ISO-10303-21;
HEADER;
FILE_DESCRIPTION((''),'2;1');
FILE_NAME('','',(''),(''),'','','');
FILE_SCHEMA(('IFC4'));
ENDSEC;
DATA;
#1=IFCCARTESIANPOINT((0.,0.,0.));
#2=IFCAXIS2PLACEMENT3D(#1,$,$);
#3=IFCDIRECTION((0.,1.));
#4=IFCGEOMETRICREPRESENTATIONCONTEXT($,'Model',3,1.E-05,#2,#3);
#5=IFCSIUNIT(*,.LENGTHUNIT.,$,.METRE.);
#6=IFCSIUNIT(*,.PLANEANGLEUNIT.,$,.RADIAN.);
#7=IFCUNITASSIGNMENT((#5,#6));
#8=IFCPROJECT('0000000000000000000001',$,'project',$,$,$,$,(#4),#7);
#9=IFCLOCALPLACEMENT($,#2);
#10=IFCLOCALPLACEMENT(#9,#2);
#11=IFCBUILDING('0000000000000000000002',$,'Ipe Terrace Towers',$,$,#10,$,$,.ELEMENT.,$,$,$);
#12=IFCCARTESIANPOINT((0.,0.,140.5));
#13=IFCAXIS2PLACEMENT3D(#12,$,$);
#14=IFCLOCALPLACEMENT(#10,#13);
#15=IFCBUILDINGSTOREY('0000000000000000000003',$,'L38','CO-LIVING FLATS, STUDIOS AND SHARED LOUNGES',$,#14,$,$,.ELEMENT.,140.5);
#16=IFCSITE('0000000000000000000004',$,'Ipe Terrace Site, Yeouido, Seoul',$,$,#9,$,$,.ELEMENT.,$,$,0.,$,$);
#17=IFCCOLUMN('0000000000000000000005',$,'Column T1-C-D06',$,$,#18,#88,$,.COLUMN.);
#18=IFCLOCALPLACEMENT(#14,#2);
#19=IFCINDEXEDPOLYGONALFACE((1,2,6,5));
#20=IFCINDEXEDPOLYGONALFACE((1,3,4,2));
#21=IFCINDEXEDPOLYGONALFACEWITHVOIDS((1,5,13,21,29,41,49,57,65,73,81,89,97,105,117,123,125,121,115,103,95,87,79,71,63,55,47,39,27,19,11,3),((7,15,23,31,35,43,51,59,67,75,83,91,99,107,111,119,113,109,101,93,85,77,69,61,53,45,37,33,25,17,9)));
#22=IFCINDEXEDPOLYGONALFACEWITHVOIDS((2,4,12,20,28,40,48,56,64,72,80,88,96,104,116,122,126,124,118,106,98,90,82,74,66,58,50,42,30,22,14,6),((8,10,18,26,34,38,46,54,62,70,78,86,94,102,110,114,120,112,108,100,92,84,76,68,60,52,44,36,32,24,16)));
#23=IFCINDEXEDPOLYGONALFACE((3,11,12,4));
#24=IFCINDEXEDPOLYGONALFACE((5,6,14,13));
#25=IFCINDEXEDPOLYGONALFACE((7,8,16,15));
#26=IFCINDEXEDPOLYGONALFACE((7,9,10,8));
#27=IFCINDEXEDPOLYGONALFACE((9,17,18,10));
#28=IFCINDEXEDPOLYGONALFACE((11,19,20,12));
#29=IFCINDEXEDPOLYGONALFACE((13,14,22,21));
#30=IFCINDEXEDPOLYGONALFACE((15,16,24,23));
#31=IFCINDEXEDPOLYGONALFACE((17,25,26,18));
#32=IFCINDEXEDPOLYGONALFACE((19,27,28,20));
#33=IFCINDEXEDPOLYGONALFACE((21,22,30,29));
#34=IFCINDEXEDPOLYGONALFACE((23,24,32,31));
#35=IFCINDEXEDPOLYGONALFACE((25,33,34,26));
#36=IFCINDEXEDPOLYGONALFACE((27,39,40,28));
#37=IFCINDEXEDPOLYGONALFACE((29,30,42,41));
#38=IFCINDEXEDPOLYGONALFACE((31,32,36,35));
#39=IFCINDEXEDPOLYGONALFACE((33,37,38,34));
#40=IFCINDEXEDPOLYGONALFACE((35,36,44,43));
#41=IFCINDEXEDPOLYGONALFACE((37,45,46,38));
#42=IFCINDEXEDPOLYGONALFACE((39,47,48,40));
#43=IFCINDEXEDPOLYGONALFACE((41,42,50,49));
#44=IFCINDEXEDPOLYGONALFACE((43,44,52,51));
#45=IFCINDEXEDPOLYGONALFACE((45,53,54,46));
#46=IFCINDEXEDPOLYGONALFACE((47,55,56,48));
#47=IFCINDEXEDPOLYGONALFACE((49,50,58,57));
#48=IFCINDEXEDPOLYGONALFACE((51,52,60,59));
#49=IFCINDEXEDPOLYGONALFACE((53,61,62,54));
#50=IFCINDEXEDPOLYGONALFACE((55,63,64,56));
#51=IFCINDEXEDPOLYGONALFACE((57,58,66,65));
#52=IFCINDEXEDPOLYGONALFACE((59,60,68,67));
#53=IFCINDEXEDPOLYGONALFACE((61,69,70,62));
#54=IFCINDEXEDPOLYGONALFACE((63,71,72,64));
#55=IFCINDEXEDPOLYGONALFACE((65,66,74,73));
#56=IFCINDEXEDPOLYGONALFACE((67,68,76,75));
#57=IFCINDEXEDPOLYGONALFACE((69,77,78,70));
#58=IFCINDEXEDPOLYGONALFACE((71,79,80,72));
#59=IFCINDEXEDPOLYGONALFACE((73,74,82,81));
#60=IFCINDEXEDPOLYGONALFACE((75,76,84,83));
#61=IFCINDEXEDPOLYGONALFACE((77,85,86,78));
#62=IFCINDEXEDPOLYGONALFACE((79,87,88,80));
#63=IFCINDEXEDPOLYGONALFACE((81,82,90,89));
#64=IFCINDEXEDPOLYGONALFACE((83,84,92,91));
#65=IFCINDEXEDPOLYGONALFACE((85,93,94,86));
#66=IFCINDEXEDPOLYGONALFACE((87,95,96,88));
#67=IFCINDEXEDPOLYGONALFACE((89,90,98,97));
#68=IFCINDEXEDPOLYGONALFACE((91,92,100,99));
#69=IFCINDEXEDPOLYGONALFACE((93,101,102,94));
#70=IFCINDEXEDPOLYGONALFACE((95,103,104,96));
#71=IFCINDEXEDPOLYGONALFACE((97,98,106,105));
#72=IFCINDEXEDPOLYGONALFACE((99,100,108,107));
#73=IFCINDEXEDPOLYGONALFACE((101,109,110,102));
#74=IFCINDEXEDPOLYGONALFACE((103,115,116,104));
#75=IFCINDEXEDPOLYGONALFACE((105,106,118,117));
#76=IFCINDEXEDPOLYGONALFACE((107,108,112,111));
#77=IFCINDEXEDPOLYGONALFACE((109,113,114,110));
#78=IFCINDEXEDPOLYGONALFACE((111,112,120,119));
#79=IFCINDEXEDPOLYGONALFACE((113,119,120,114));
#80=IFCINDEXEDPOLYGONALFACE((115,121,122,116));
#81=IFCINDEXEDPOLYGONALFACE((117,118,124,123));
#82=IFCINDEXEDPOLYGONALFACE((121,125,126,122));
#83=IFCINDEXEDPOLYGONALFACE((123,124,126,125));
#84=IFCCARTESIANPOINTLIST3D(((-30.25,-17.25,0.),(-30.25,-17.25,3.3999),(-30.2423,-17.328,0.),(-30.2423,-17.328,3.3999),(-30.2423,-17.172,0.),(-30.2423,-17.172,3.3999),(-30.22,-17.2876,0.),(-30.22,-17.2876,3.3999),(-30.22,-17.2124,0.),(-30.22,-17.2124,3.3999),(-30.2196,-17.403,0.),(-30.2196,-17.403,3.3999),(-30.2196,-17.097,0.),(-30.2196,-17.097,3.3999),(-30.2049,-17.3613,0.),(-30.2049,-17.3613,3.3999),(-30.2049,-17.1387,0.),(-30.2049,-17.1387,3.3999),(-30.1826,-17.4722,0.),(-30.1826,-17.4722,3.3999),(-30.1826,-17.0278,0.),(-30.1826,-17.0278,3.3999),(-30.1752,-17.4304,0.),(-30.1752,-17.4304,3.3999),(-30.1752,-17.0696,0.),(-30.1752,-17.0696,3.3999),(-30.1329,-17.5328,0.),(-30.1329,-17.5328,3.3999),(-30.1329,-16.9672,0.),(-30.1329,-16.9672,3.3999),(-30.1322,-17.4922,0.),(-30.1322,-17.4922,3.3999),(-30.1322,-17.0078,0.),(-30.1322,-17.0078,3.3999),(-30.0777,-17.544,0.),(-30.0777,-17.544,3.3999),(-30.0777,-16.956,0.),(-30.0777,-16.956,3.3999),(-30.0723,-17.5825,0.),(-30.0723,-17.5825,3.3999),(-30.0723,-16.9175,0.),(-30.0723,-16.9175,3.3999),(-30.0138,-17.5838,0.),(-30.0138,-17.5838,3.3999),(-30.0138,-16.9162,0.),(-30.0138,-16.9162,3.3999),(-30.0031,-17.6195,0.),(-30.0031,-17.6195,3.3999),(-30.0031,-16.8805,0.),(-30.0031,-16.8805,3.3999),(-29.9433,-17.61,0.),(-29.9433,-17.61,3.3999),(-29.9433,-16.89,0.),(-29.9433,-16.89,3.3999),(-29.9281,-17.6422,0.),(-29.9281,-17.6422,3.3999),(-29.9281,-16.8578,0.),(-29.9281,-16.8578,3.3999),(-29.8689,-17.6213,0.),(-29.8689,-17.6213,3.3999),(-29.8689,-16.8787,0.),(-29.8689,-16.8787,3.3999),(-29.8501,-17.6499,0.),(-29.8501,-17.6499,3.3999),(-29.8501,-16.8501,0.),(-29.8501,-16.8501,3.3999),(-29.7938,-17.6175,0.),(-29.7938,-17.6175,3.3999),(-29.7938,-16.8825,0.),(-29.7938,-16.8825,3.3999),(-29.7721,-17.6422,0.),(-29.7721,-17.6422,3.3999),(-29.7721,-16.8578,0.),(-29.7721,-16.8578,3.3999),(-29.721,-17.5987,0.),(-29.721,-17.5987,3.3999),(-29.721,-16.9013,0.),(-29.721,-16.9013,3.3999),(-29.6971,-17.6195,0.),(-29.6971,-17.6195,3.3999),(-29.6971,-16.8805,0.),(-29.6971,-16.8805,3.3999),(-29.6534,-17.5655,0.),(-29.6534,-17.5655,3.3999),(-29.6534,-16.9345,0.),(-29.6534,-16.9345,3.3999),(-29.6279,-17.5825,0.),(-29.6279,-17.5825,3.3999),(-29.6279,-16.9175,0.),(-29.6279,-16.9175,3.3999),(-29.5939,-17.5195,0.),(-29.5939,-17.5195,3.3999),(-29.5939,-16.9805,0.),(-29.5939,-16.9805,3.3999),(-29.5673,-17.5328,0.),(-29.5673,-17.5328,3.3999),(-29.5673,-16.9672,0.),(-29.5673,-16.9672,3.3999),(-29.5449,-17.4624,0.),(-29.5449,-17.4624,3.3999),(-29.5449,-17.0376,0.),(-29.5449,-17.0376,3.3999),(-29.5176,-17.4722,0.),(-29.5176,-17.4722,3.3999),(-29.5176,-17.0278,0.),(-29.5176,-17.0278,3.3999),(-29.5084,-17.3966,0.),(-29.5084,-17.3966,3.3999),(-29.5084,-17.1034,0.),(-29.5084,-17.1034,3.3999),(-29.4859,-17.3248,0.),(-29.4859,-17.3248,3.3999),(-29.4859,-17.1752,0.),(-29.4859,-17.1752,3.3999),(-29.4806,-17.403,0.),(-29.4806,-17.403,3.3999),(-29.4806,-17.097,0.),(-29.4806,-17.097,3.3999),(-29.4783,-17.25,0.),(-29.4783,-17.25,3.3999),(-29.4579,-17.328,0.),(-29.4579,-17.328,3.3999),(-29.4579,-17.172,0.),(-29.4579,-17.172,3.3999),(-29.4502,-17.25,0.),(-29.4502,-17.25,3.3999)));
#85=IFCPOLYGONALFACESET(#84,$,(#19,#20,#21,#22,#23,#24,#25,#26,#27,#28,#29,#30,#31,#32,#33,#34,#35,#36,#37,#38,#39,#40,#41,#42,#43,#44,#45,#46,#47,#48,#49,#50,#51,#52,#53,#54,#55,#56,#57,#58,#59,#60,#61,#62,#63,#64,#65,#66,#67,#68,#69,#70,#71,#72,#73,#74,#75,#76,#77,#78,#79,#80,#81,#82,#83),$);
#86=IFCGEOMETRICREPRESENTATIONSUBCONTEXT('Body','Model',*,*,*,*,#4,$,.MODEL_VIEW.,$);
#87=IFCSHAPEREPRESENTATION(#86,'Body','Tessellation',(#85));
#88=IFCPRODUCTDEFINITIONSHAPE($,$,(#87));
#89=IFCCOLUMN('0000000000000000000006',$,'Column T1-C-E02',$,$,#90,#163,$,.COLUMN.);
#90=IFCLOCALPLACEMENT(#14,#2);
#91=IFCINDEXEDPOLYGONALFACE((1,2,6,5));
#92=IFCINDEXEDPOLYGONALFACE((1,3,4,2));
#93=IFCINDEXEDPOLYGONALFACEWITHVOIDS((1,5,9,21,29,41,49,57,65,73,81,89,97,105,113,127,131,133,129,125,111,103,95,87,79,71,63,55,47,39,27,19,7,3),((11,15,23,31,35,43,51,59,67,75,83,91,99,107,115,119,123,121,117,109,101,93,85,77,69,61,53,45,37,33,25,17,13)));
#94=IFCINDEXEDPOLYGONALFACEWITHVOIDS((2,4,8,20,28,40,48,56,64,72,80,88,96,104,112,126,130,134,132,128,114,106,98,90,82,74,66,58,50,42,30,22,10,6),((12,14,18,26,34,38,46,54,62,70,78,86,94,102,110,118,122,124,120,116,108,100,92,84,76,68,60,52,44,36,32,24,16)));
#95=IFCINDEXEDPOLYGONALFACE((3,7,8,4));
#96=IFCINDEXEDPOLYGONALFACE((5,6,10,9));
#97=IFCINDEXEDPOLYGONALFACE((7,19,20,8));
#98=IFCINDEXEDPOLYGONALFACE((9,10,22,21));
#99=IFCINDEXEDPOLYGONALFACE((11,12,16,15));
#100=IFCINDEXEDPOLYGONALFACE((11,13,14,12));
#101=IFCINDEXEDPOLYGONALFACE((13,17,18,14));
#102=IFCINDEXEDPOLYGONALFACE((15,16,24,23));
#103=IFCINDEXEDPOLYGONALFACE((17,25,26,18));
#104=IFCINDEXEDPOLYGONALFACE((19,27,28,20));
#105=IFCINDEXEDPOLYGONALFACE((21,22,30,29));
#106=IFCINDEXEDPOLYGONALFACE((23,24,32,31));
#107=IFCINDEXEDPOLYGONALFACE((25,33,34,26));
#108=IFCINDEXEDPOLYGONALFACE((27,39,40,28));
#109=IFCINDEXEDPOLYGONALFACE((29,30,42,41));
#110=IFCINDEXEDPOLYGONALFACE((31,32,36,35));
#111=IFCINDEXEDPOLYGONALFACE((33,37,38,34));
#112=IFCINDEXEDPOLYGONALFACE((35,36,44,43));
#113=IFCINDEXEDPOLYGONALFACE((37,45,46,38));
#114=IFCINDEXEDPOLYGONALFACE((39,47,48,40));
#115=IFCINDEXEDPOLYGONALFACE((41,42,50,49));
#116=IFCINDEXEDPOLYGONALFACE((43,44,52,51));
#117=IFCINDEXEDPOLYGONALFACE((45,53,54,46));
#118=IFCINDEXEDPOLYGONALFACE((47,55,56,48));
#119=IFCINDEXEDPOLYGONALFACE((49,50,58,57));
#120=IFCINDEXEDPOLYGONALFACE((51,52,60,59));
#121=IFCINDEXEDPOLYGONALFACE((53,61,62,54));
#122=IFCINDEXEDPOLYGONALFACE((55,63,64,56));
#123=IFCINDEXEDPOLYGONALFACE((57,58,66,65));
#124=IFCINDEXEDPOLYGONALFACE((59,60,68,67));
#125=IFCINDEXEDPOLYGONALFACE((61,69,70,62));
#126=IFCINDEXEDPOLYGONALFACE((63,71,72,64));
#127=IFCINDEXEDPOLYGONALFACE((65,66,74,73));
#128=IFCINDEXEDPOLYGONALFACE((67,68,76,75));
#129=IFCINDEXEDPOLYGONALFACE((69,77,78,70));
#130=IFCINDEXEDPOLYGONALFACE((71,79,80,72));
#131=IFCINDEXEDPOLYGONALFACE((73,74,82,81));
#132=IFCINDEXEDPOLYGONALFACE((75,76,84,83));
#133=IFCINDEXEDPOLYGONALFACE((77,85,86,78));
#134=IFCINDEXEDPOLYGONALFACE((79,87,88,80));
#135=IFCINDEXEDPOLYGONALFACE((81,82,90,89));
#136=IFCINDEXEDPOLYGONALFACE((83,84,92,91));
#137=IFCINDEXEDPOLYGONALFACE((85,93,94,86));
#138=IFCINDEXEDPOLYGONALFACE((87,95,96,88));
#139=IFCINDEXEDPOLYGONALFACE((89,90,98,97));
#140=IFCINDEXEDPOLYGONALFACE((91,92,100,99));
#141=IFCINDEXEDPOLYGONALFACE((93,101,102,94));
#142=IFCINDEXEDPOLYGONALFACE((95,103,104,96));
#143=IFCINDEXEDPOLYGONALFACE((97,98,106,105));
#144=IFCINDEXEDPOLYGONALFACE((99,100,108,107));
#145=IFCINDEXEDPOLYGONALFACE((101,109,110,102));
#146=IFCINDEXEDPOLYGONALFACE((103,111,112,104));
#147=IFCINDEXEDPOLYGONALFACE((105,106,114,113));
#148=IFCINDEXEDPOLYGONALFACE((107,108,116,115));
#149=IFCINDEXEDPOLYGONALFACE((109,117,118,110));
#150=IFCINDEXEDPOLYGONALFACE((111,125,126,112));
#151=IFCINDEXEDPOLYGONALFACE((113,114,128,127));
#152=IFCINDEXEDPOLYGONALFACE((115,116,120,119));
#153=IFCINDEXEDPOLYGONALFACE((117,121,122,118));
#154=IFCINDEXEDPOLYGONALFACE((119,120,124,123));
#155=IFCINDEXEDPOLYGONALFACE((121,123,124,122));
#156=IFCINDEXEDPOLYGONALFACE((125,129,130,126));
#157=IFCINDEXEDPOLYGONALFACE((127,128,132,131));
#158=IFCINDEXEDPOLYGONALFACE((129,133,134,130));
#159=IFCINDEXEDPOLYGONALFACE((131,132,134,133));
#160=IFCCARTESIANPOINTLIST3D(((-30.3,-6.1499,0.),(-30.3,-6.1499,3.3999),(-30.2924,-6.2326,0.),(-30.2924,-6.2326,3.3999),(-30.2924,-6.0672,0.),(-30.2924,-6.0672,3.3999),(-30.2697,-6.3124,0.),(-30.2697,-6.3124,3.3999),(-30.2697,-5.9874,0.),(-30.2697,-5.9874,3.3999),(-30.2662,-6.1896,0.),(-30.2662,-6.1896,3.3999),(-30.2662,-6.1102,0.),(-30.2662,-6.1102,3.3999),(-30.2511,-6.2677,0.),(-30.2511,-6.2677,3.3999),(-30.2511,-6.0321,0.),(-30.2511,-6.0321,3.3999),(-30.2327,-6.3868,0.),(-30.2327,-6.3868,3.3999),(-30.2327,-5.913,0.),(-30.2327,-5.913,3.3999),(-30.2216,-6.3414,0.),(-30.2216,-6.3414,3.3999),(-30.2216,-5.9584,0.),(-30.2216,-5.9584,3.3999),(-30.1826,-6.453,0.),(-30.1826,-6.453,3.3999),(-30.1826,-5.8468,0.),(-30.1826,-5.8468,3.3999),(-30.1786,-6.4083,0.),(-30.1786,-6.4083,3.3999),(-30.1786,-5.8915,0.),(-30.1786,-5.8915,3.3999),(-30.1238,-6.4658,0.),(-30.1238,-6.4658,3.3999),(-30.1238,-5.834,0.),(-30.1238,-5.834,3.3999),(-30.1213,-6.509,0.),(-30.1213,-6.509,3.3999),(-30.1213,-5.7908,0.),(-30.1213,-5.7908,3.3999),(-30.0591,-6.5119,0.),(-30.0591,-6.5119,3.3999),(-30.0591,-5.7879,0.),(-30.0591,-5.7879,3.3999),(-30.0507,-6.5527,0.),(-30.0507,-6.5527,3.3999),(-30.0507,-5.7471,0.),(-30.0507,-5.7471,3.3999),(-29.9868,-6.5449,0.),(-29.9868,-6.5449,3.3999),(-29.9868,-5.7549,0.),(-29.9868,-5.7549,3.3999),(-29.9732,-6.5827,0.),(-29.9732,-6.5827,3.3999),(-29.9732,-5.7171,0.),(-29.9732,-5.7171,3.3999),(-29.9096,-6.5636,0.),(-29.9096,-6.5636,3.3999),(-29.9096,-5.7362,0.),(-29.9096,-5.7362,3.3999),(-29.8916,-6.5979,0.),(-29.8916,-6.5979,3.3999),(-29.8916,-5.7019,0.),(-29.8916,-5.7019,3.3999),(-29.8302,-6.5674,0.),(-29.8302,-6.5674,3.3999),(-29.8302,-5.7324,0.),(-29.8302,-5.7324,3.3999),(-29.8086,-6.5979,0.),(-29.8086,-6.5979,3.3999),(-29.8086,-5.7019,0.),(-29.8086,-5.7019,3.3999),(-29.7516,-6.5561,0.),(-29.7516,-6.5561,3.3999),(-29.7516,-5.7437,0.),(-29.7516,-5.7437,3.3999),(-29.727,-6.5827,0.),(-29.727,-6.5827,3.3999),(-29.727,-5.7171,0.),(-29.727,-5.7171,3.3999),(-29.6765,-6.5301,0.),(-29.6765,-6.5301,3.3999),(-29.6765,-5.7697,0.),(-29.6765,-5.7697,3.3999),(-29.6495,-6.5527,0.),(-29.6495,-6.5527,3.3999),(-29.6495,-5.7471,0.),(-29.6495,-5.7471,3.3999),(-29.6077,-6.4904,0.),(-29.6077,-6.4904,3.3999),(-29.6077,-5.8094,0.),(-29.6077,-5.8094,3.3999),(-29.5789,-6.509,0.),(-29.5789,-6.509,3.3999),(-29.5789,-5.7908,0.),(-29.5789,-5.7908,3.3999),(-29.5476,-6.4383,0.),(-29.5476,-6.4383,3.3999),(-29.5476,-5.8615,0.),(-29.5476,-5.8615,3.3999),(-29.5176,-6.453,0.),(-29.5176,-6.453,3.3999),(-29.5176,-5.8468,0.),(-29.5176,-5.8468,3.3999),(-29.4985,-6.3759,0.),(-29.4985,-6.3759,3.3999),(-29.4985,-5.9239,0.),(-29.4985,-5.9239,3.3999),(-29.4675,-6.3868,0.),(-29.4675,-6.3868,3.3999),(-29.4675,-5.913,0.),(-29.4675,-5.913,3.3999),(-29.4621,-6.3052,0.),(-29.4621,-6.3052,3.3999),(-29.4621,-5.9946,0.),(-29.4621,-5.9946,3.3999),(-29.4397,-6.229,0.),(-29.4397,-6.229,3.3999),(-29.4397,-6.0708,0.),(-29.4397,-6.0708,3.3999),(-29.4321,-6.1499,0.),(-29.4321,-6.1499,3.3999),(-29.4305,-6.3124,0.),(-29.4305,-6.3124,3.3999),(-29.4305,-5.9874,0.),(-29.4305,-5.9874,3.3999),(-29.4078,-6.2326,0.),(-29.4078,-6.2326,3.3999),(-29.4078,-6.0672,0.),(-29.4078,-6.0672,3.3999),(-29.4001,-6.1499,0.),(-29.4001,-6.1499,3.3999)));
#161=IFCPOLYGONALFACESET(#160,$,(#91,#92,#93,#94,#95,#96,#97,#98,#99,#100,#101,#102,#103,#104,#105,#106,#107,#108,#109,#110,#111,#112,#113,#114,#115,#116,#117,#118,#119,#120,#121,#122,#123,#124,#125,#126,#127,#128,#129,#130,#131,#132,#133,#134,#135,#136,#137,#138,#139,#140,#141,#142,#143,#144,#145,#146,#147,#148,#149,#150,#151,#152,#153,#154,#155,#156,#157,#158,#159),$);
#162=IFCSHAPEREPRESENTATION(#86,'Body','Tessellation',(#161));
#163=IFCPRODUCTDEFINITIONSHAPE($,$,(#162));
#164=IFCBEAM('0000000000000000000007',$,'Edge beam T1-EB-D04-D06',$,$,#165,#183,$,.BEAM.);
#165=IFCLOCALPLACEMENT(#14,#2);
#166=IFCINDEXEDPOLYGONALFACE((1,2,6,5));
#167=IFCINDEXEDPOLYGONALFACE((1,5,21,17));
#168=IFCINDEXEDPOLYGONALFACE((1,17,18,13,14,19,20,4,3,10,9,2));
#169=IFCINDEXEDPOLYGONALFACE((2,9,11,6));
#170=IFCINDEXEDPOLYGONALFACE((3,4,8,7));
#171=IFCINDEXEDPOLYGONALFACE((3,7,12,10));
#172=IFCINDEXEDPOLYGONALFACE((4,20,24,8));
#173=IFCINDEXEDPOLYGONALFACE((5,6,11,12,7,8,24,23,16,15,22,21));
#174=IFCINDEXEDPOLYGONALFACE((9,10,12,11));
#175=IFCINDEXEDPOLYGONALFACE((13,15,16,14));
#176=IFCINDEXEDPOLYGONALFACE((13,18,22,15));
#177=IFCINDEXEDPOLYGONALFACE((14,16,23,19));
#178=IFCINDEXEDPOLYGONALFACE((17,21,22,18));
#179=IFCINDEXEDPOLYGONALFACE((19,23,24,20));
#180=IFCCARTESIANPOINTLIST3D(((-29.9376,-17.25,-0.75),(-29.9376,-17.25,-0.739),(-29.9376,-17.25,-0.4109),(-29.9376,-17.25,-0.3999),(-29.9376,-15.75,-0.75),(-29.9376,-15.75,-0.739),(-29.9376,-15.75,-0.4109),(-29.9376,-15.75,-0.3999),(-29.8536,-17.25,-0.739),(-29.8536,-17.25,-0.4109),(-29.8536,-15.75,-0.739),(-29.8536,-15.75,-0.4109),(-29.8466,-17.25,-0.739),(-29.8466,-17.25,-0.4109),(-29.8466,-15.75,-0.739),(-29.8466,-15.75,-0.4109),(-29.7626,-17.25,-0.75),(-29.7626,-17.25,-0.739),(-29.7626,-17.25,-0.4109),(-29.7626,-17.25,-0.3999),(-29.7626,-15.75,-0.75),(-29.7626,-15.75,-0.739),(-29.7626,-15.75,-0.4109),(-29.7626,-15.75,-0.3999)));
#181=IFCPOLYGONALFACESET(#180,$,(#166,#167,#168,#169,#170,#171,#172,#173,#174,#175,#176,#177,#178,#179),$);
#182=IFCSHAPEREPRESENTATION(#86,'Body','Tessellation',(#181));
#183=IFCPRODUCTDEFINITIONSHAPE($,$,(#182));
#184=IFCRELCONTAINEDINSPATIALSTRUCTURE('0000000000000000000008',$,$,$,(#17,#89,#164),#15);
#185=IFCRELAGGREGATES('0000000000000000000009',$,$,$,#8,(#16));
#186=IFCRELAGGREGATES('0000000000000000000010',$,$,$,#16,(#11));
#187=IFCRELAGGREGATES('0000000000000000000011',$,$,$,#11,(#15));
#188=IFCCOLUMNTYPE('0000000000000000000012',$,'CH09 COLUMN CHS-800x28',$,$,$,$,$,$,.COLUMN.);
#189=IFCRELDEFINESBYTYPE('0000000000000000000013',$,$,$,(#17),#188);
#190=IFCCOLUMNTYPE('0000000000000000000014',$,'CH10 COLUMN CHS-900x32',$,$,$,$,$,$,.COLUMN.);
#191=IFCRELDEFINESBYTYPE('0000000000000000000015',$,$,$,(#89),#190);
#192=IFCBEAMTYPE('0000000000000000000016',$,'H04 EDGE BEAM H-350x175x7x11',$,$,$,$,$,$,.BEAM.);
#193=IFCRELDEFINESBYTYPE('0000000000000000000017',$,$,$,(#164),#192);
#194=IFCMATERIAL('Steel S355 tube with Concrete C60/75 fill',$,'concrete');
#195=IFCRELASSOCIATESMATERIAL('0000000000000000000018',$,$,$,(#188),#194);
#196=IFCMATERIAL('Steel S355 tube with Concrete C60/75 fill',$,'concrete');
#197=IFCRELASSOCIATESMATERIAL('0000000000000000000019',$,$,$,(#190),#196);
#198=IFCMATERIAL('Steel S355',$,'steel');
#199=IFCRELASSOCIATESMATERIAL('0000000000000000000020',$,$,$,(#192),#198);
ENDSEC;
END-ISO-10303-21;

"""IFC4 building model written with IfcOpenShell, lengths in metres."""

from ifc_helpers import new_model, si_unit, direction, frame, origin, origin_2d, place, context, subcontext, project, spatial, hollow_circle, i_section, extrude, material, material_profile, profile_set, type_object, element, save


model = new_model("IFC4")

# Units and contexts
model_context = context("Model", 3, precision=1e-05, world=origin(), true_north=direction((0.0, 1.0)))
body_context = subcontext(model_context, "Body", "Model", "MODEL_VIEW")
ifc_project = project(units=[si_unit("LENGTHUNIT", "METRE"), si_unit("PLANEANGLEUNIT", "RADIAN")], contexts=[model_context])

# Site, building, storey
site_placement = place(None, origin())
site = spatial("IfcSite", under=ifc_project, at=site_placement, Name="Ipe Terrace Site, Yeouido, Seoul", CompositionType="ELEMENT", RefElevation=0.0)
building_placement = place(site_placement, origin())
building = spatial("IfcBuilding", under=site, at=building_placement, Name="Ipe Terrace Towers", CompositionType="ELEMENT")
storey_placement = place(building_placement, frame((0.0, 0.0, 140.5)))
storey = spatial("IfcBuildingStorey", under=building, at=storey_placement, Name="L38", Description="CO-LIVING FLATS, STUDIOS AND SHARED LOUNGES", CompositionType="ELEMENT", Elevation=140.5)

# Columns
ifc_material_1 = material(Name="Steel S355 tube with Concrete C60/75 fill", Category="concrete")
ifc_material_profile_1 = material_profile(ifc_material_1, hollow_circle(Radius=0.3999, WallThickness=0.0281, at=origin_2d()), Name="CHS-800x28")
ifc_profile_set_1 = profile_set([ifc_material_profile_1], Name="Steel S355 tube with Concrete C60/75 fill")
column_type_1 = type_object("IfcColumnType", Name="CH09 COLUMN CHS-800x28", PredefinedType="COLUMN", material=ifc_profile_set_1)
for number, where, z_axis, x_axis, name in (
    (1, (-29.8501, -17.25, 0.0), (0.0, 0.0, 1.0), (1.0, 0.0, 0.0), "Column T1-C-D06"),
):
    element("IfcColumn", number, at=place(storey_placement, frame(where, z_axis=z_axis, x_axis=x_axis)), inside=storey, type_object=column_type_1, Name=name, PredefinedType="COLUMN", context=body_context, shape_type="SweptSolid", body=[
        extrude(hollow_circle(Radius=0.3999, WallThickness=0.0281, at=origin_2d()), origin(), (0.0, 0.0, 1.0), 3.3999),
    ])
ifc_material_2 = material(Name="Steel S355 tube with Concrete C60/75 fill", Category="concrete")
ifc_material_profile_2 = material_profile(ifc_material_2, hollow_circle(Radius=0.45, WallThickness=0.032, at=origin_2d()), Name="CHS-900x32")
ifc_profile_set_2 = profile_set([ifc_material_profile_2], Name="Steel S355 tube with Concrete C60/75 fill")
column_type_2 = type_object("IfcColumnType", Name="CH10 COLUMN CHS-900x32", PredefinedType="COLUMN", material=ifc_profile_set_2)
column_placement = place(storey_placement, frame((-29.8501, -6.1499, 0.0), z_axis=(0.0, 0.0, 1.0), x_axis=(1.0, 0.0, 0.0)))
element("IfcColumn", 2, at=column_placement, inside=storey, type_object=column_type_2, Name="Column T1-C-E02", PredefinedType="COLUMN", context=body_context, shape_type="SweptSolid", body=[
    extrude(hollow_circle(Radius=0.45, WallThickness=0.032, at=origin_2d()), origin(), (0.0, 0.0, 1.0), 3.3999),
])

# Beam
ifc_material_3 = material(Name="Steel S355", Category="steel")
ifc_material_profile_3 = material_profile(ifc_material_3, i_section(OverallWidth=0.175, OverallDepth=0.3501, WebThickness=0.0071, FlangeThickness=0.011, at=origin_2d()), Name="H-350x175x7x11")
ifc_profile_set_3 = profile_set([ifc_material_profile_3], Name="Steel S355")
beam_type_1 = type_object("IfcBeamType", Name="H04 EDGE BEAM H-350x175x7x11", PredefinedType="BEAM", material=ifc_profile_set_3)
beam_1_placement = place(storey_placement, frame((-29.8501, -15.75, -0.575), z_axis=(0.0, -1.0, 0.0), x_axis=(1.0, 0.0, 0.0)))
element("IfcBeam", 3, at=beam_1_placement, inside=storey, type_object=beam_type_1, Name="Edge beam T1-EB-D04-D06", PredefinedType="BEAM", context=body_context, shape_type="SweptSolid", body=[
    extrude(i_section(OverallWidth=0.175, OverallDepth=0.3501, WebThickness=0.0071, FlangeThickness=0.011, at=origin_2d()), origin(), (0.0, 0.0, 1.0), 1.5),
])

save(model, "model.ifc")
